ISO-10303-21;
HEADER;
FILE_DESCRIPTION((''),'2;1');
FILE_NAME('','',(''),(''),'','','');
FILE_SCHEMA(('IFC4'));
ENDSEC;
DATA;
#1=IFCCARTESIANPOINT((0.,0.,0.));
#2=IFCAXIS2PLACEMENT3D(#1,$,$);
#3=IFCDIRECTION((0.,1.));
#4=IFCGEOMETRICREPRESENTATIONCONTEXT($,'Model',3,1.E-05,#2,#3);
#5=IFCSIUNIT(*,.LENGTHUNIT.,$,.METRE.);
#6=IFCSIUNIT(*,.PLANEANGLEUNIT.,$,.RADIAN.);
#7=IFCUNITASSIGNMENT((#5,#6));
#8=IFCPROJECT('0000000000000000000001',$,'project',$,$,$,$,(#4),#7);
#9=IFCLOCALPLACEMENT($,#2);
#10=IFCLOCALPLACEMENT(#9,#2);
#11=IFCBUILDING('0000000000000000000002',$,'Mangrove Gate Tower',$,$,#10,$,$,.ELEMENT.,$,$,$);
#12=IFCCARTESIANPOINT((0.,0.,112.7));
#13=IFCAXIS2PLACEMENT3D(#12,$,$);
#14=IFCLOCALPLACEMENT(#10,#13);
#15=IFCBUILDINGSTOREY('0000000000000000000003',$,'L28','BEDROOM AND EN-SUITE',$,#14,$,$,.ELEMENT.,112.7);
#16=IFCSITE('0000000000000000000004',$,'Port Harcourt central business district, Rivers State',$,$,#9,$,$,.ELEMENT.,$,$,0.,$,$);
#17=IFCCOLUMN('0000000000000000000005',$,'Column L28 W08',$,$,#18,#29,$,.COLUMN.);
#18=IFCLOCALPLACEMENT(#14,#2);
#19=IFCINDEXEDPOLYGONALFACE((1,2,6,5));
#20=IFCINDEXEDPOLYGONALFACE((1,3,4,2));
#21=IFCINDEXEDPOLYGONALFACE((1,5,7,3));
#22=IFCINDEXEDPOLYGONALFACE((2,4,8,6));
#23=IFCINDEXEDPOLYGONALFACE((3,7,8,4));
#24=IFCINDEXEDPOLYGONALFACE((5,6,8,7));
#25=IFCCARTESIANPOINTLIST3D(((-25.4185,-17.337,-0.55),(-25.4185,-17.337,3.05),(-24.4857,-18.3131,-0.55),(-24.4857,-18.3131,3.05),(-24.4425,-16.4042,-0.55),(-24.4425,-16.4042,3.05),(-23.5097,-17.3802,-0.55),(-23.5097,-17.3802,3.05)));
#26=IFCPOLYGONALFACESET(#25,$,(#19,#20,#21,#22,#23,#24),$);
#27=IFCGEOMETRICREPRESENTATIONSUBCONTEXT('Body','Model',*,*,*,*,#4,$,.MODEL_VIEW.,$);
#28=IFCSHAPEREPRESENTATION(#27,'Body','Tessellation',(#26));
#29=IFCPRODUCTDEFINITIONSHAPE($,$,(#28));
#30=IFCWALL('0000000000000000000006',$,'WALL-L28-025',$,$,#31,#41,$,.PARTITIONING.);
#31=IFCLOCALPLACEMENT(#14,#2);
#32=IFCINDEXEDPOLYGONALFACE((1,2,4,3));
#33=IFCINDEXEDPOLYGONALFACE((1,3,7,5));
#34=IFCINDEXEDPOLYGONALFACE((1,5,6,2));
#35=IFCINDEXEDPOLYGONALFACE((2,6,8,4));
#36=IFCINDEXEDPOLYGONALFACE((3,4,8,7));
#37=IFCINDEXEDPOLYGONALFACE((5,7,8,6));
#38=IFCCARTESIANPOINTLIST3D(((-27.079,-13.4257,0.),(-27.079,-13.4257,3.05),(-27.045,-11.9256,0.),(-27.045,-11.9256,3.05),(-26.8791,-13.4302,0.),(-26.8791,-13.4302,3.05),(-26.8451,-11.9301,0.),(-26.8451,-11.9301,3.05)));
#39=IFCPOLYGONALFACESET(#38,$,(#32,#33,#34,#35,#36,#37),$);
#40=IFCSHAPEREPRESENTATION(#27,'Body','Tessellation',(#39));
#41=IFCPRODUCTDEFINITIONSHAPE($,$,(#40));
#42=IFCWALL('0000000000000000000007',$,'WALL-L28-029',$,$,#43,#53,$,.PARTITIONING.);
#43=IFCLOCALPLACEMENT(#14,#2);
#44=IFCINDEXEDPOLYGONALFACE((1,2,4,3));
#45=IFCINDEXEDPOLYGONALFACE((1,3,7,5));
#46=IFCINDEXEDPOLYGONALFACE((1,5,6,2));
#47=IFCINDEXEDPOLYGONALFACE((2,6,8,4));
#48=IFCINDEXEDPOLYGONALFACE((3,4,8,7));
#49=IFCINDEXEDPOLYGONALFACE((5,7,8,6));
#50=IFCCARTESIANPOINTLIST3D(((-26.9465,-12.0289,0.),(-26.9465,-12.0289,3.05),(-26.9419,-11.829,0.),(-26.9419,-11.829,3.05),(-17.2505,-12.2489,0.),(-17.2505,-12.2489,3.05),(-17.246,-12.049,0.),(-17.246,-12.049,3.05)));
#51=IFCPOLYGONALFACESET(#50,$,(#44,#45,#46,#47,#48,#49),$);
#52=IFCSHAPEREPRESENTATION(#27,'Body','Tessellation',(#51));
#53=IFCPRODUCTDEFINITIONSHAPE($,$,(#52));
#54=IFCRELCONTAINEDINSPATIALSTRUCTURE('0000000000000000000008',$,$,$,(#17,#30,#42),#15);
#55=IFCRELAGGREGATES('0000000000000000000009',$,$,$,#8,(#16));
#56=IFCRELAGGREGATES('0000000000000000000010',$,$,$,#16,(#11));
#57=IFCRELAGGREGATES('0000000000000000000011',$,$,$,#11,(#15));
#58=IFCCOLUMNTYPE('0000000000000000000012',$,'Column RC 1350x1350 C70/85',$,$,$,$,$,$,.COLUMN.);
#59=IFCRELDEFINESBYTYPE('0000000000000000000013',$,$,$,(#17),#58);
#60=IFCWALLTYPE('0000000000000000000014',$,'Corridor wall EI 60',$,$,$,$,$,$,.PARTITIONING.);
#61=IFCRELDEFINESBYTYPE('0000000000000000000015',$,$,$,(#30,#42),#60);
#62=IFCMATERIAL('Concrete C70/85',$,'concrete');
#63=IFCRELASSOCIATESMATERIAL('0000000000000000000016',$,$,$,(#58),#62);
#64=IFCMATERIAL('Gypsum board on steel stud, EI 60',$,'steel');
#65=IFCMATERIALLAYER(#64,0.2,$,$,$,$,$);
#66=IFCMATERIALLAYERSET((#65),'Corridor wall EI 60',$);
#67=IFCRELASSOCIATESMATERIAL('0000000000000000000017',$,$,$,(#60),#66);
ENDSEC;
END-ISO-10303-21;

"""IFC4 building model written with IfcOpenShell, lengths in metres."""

from ifc_helpers import new_model, si_unit, direction, frame, frame_2d, origin, origin_2d, place, context, subcontext, project, spatial, rectangle, extrude, material, layer, layer_set, material_profile, profile_set, type_object, element, save


model = new_model("IFC4")

# Units and contexts
model_context = context("Model", 3, precision=1e-05, world=origin(), true_north=direction((0.0, 1.0)))
body_context = subcontext(model_context, "Body", "Model", "MODEL_VIEW")
ifc_project = project(units=[si_unit("LENGTHUNIT", "METRE"), si_unit("PLANEANGLEUNIT", "RADIAN")], contexts=[model_context])

# Site, building, storey
site_placement = place(None, origin())
site = spatial("IfcSite", under=ifc_project, at=site_placement, Name="Port Harcourt central business district, Rivers State", CompositionType="ELEMENT", RefElevation=0.0)
building_placement = place(site_placement, origin())
building = spatial("IfcBuilding", under=site, at=building_placement, Name="Mangrove Gate Tower", CompositionType="ELEMENT")
storey_placement = place(building_placement, frame((0.0, 0.0, 112.7)))
storey = spatial("IfcBuildingStorey", under=building, at=storey_placement, Name="L28", Description="BEDROOM AND EN-SUITE", CompositionType="ELEMENT", Elevation=112.7)

# Column
ifc_material_1 = material(Name="Concrete C70/85", Category="concrete")
ifc_material_profile = material_profile(ifc_material_1, rectangle(XDim=1.3501, YDim=1.3501, at=origin_2d()))
ifc_profile_set = profile_set([ifc_material_profile], Name="Concrete C70/85")
column_type = type_object("IfcColumnType", Name="Column RC 1350x1350 C70/85", PredefinedType="COLUMN", material=ifc_profile_set)
column_placement = place(storey_placement, frame((-24.4641, -17.3586, -0.55), z_axis=(0.0, 0.0, 1.0), x_axis=(0.690932, -0.72292, 0.0)))
element("IfcColumn", 1, at=column_placement, inside=storey, type_object=column_type, Name="Column L28 W08", PredefinedType="COLUMN", context=body_context, shape_type="SweptSolid", body=[
    extrude(rectangle(XDim=1.3501, YDim=1.3501, at=origin_2d()), origin(), (0.0, 0.0, 1.0), 3.6001),
])

# Wall
ifc_material_2 = material(Name="Gypsum board on steel stud, EI 60", Category="steel")
ifc_layer = layer(ifc_material_2, 0.2)
ifc_layer_set = layer_set([ifc_layer], Name="Corridor wall EI 60")
wall_type = type_object("IfcWallType", Name="Corridor wall EI 60", PredefinedType="PARTITIONING", material=ifc_layer_set)
wall_1_placement = place(storey_placement, frame((-26.979, -13.428, 0.0), z_axis=(0.0, 0.0, 1.0), x_axis=(0.022618, 0.999744, 0.0)))
element("IfcWall", 2, at=wall_1_placement, inside=storey, type_object=wall_type, Name="WALL-L28-025", PredefinedType="PARTITIONING", context=body_context, shape_type="SweptSolid", body=[
    extrude(rectangle(XDim=1.5005, YDim=0.2, at=frame_2d((0.7502, 0.0))), origin(), (0.0, 0.0, 1.0), 3.05),
])

# Wall
wall_2_placement = place(storey_placement, frame((-26.9441, -11.929, 0.0), z_axis=(0.0, 0.0, 1.0), x_axis=(0.999743, -0.022681, 0.0)))
element("IfcWall", 3, at=wall_2_placement, inside=storey, type_object=wall_type, Name="WALL-L28-029", PredefinedType="PARTITIONING", context=body_context, shape_type="SweptSolid", body=[
    extrude(rectangle(XDim=9.6985, YDim=0.2, at=frame_2d((4.8491, 0.0))), origin(), (0.0, 0.0, 1.0), 3.05),
])

save(model, "model.ifc")
